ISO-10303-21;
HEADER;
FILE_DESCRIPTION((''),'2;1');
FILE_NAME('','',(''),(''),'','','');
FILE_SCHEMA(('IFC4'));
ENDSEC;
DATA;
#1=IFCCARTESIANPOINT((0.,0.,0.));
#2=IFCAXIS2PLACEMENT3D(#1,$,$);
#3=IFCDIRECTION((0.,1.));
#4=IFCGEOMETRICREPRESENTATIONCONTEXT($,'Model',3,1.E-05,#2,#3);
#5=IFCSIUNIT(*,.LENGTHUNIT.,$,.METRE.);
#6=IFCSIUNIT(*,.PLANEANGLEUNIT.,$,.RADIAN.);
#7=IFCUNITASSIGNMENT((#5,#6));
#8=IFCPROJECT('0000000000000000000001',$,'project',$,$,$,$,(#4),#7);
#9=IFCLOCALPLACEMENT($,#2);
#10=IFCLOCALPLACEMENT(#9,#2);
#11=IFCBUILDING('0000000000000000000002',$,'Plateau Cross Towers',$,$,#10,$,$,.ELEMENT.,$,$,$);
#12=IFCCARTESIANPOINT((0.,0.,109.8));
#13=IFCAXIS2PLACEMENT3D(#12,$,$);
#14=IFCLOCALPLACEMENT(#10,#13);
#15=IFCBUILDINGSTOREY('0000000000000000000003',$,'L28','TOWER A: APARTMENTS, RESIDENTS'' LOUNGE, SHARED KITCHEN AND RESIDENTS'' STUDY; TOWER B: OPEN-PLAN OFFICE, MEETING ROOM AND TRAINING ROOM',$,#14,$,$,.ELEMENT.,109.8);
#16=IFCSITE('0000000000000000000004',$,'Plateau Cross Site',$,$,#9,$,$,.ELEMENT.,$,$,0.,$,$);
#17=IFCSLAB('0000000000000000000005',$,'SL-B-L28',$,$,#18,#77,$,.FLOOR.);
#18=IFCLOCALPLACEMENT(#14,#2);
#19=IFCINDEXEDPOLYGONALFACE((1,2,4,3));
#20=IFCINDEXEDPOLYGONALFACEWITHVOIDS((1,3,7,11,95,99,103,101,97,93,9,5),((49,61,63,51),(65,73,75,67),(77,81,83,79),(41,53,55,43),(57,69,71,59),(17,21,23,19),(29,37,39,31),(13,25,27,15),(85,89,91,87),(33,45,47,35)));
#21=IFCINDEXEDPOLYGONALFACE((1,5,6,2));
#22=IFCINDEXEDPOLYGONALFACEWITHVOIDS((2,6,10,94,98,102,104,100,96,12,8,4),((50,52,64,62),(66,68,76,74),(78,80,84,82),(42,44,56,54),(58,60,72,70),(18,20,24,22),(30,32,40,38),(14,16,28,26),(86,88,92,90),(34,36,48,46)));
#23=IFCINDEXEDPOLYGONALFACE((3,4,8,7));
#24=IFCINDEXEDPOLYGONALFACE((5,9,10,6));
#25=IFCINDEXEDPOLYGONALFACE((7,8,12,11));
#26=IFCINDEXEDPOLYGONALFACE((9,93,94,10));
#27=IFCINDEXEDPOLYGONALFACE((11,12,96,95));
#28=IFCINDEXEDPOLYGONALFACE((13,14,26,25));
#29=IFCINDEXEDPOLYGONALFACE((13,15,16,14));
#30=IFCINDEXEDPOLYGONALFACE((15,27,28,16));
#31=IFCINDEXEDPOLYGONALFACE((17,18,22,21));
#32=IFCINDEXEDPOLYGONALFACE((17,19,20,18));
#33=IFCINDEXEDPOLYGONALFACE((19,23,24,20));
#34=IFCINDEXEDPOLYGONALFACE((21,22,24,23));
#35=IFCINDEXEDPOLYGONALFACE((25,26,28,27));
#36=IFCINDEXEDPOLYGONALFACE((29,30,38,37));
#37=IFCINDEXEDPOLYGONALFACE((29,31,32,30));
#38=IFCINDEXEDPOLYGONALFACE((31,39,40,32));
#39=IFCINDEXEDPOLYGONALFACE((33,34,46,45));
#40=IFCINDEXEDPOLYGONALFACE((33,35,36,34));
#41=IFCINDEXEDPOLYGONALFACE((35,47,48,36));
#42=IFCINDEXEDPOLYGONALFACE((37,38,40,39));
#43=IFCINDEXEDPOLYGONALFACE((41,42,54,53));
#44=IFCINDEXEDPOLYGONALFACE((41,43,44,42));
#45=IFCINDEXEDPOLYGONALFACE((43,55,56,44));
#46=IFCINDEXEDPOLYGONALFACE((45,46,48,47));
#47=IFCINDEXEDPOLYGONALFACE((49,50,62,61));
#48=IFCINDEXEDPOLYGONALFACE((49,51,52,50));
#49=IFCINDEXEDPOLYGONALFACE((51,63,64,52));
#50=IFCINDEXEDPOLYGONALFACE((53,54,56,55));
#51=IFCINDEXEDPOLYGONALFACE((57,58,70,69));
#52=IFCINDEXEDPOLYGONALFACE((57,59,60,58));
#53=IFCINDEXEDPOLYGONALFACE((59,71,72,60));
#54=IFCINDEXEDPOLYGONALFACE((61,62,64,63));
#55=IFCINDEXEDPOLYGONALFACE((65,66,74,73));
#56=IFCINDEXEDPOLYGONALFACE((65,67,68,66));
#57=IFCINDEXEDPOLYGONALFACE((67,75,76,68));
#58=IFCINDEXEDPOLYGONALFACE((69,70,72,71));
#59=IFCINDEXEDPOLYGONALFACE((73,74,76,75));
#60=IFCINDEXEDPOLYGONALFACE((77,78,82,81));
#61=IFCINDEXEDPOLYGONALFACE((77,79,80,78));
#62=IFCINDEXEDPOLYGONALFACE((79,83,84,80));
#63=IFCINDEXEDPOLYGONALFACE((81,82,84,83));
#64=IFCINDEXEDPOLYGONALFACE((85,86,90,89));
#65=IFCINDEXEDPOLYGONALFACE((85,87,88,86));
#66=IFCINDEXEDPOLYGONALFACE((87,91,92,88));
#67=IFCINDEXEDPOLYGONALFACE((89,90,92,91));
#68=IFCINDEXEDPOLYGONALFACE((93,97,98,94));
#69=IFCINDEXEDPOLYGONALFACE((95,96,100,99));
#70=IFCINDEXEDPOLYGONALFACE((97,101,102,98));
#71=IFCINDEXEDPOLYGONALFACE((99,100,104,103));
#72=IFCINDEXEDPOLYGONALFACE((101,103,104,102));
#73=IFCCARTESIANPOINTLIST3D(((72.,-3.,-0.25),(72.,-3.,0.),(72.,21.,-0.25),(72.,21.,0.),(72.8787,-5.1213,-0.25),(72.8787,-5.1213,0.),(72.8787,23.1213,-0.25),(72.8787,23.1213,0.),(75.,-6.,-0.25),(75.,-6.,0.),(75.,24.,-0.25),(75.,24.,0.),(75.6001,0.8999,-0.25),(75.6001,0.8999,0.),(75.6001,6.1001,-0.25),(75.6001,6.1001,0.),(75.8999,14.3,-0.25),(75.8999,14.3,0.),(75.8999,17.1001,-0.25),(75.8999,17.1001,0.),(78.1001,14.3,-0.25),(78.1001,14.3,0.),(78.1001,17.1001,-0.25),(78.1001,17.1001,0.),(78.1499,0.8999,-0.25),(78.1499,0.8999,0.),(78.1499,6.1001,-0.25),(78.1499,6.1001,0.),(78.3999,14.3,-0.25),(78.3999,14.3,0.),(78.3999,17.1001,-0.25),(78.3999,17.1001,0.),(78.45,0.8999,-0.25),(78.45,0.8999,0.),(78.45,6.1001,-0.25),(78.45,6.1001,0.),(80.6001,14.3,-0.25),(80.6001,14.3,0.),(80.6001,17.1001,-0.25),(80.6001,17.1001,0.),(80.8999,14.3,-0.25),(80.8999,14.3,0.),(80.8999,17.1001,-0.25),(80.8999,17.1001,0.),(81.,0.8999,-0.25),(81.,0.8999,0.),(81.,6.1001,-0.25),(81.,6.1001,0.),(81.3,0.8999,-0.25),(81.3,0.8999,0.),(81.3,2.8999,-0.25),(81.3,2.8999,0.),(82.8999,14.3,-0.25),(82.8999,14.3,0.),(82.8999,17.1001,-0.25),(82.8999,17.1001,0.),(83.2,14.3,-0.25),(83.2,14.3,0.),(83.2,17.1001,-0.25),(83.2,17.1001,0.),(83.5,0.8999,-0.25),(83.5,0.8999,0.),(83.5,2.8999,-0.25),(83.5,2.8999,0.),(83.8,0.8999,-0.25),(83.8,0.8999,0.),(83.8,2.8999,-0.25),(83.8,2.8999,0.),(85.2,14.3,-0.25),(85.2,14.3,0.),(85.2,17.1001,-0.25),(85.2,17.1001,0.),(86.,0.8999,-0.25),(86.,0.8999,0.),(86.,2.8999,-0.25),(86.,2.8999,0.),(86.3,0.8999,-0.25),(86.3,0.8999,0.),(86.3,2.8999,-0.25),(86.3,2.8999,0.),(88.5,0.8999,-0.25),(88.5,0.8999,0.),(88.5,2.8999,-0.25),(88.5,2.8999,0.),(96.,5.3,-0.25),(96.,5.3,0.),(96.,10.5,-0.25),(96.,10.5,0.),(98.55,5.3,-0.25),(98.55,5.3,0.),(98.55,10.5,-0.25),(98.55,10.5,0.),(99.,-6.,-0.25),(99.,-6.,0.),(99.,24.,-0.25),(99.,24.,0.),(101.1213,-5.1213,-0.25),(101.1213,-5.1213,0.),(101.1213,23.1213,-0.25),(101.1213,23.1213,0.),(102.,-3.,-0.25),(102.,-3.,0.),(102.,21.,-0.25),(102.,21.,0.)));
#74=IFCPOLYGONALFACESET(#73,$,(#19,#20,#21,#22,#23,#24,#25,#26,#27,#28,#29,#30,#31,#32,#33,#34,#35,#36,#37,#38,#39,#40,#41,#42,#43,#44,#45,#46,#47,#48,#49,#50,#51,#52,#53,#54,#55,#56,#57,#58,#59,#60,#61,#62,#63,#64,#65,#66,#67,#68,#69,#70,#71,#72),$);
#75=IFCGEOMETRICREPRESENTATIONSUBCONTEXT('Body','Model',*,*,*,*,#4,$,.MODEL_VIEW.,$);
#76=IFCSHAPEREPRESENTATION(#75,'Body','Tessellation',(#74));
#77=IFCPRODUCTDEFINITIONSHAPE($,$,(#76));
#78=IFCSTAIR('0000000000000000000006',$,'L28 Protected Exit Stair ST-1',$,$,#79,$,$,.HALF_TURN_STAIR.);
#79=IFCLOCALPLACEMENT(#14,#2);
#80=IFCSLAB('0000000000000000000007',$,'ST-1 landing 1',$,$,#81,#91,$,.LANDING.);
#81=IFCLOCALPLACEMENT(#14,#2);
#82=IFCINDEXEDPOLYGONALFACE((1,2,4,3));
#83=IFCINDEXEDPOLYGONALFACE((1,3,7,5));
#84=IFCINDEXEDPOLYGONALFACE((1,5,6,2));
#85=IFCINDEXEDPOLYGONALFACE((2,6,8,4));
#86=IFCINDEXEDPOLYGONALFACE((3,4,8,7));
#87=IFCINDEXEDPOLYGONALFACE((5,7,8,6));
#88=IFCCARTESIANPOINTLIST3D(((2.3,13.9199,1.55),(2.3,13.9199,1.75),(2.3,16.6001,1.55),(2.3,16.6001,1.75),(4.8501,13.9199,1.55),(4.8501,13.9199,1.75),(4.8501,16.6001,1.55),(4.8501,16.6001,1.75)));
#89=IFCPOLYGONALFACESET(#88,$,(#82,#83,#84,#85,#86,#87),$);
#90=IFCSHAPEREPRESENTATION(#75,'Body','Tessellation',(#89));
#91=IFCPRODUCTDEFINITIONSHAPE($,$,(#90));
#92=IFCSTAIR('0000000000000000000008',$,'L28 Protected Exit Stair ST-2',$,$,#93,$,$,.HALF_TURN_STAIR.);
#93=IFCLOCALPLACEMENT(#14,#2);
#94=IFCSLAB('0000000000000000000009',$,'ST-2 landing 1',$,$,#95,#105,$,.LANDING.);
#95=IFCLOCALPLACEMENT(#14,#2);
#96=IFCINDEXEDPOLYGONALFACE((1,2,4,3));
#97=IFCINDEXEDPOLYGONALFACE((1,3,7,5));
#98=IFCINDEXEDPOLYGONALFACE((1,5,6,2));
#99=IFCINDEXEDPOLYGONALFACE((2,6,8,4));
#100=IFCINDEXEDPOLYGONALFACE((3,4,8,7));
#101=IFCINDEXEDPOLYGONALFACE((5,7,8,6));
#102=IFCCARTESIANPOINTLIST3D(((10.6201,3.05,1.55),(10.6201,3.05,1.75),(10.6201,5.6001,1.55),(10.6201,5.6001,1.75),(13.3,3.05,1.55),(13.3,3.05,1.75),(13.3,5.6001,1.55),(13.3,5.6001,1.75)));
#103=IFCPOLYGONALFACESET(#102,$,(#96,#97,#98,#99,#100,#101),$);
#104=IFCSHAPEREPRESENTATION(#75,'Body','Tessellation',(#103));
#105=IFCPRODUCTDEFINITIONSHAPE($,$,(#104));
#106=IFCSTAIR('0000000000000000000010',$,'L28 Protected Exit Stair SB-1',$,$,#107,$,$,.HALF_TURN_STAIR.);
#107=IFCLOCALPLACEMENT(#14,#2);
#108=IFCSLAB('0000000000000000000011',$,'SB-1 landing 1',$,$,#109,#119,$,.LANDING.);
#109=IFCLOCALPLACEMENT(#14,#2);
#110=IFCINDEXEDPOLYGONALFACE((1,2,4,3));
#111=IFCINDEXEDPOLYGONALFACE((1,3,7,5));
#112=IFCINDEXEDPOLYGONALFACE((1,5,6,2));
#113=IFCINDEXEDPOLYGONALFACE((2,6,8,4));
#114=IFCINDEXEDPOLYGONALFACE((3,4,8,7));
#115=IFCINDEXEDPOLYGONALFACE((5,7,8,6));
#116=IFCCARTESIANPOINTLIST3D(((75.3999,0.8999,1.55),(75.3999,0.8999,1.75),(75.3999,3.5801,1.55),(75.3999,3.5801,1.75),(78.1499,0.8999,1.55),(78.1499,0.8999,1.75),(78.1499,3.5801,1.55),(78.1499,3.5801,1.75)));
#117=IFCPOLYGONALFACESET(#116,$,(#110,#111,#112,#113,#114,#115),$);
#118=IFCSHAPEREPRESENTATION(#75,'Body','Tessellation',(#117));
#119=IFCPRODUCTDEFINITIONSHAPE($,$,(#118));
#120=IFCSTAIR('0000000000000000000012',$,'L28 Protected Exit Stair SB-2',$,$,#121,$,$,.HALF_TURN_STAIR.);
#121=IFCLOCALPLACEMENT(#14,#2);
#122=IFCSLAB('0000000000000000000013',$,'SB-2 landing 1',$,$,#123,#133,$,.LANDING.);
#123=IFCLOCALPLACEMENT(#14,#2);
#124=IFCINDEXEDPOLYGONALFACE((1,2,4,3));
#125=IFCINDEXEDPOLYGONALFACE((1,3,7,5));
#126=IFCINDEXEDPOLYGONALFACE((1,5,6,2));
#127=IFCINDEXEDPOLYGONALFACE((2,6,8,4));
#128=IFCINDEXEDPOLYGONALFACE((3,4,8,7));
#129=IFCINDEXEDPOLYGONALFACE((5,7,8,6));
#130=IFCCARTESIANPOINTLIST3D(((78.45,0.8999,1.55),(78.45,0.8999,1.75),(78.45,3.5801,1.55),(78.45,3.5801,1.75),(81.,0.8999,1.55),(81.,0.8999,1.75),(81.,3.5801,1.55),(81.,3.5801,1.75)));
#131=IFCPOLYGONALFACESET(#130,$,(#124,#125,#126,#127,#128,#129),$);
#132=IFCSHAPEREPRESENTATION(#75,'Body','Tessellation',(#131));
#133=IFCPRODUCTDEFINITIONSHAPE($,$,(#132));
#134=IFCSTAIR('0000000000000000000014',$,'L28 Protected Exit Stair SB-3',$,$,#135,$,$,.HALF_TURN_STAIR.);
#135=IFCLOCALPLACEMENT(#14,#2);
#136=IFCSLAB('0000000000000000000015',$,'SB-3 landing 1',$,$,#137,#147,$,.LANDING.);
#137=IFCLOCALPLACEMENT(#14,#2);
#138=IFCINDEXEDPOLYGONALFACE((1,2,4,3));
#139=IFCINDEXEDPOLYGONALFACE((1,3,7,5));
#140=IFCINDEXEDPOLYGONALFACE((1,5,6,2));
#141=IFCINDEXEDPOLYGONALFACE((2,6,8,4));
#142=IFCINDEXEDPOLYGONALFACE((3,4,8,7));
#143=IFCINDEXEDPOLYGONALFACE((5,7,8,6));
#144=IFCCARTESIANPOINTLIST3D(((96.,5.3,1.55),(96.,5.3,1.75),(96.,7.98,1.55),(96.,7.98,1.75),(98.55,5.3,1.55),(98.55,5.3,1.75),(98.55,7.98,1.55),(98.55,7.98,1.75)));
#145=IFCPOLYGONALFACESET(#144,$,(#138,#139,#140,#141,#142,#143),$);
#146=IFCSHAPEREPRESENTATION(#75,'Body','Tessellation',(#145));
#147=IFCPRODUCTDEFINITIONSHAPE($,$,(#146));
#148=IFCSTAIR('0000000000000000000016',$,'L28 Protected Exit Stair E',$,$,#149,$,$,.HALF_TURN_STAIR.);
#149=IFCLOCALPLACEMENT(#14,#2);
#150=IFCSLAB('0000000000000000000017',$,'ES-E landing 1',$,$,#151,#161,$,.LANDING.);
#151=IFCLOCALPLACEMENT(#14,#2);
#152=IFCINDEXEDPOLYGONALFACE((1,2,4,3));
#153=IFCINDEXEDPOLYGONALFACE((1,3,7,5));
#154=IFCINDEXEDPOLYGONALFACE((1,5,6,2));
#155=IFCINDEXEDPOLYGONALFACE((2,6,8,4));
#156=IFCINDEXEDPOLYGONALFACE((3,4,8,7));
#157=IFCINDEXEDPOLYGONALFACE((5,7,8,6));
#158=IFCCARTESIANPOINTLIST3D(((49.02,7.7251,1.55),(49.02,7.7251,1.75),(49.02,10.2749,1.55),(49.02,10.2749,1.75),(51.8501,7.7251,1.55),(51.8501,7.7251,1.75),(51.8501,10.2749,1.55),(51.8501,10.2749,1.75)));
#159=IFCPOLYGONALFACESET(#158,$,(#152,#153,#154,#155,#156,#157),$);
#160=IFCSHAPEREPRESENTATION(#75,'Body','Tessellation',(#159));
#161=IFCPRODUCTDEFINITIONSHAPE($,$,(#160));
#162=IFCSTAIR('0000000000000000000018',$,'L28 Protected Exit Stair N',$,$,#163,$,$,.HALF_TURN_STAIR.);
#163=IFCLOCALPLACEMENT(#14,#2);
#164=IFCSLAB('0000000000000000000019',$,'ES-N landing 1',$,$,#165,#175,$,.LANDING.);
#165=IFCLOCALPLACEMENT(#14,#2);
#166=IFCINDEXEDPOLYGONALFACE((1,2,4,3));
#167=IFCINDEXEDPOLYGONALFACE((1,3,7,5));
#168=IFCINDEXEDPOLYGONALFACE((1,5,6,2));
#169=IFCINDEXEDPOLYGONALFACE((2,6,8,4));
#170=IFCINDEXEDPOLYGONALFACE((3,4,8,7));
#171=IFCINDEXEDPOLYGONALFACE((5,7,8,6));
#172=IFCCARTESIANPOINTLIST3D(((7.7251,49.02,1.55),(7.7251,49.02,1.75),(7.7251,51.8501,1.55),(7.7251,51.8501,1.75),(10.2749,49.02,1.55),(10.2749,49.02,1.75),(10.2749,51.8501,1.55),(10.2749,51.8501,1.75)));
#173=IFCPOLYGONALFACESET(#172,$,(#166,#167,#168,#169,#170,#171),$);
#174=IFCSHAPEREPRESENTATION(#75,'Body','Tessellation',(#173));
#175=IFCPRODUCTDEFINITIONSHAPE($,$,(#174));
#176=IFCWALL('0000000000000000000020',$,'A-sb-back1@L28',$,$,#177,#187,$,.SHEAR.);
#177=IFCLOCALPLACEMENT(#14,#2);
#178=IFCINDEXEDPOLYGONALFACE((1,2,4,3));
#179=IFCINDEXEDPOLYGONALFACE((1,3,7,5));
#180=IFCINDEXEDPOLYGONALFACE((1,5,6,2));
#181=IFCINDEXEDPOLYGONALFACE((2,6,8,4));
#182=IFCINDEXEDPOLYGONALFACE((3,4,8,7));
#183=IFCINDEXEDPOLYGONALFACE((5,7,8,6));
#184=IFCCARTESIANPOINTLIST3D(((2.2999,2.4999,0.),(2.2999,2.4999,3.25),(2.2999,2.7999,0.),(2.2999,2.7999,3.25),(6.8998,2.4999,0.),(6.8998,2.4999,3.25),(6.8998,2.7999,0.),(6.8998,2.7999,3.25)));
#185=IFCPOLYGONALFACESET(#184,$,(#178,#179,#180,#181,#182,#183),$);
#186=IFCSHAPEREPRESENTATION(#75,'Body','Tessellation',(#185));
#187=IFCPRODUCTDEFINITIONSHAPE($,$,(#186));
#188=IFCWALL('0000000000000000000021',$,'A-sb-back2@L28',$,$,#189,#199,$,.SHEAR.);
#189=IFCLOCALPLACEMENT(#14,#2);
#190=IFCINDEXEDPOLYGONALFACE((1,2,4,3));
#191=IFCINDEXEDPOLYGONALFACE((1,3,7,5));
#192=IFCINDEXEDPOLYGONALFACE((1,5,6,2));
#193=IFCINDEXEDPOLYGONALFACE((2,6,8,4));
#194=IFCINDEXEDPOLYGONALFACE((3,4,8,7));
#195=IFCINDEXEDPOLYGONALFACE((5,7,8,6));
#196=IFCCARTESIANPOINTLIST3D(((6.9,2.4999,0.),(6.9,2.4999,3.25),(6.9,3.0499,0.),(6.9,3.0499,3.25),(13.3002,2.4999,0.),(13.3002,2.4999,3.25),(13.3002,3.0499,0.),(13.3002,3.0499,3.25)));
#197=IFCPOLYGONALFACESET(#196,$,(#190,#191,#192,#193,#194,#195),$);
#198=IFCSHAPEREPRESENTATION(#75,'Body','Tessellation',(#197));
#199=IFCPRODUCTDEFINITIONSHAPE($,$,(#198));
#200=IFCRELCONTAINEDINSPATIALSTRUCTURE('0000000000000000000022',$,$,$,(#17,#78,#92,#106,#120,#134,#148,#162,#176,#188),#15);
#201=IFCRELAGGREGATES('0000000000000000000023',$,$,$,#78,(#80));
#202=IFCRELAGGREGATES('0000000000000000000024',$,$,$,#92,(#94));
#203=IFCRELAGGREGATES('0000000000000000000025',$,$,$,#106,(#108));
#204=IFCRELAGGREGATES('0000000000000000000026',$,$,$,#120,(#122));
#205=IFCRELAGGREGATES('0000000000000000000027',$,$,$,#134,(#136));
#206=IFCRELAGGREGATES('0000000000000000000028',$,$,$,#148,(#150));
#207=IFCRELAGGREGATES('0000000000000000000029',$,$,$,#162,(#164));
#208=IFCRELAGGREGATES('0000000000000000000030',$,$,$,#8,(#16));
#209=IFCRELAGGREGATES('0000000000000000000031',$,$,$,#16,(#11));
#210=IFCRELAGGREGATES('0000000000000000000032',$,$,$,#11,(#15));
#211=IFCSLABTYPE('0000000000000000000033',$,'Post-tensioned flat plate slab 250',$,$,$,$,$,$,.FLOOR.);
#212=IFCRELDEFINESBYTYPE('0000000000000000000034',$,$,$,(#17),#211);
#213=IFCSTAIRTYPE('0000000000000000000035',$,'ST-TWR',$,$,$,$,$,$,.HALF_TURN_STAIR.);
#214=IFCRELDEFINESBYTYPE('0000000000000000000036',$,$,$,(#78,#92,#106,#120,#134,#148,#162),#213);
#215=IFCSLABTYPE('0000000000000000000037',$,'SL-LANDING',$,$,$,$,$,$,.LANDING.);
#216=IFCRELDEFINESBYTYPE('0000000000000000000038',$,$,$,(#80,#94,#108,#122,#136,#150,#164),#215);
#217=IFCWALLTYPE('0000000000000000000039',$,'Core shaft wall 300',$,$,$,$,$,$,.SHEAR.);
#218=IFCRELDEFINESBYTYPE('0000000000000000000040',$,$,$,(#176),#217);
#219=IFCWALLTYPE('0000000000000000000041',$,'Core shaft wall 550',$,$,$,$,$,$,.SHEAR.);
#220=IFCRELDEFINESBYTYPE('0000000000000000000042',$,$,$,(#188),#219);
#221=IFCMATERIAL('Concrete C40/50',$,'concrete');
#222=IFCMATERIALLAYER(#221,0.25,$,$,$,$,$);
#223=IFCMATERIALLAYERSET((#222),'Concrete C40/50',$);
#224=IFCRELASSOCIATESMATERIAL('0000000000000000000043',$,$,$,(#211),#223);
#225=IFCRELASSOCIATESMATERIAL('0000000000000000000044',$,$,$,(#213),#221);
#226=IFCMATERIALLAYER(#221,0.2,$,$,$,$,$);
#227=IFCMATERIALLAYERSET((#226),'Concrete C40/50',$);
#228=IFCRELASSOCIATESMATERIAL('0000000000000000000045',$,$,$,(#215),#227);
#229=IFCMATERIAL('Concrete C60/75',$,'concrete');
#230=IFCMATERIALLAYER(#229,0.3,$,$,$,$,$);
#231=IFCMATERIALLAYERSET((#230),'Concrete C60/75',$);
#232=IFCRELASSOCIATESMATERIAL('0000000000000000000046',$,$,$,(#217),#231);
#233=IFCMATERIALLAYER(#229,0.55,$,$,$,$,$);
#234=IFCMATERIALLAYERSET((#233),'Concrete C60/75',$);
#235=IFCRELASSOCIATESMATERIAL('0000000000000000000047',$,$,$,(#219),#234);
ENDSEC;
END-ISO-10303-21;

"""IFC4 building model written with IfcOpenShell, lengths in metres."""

from ifc_helpers import new_model, si_unit, direction, frame, frame_2d, origin, place, context, subcontext, project, spatial, polyline, rectangle, outline, extrude, material, layer, layer_set, type_object, element, aggregate, save


model = new_model("IFC4")

# Units and contexts
model_context = context("Model", 3, precision=1e-05, world=origin(), true_north=direction((0.0, 1.0)))
body_context = subcontext(model_context, "Body", "Model", "MODEL_VIEW")
ifc_project = project(units=[si_unit("LENGTHUNIT", "METRE"), si_unit("PLANEANGLEUNIT", "RADIAN")], contexts=[model_context])

# Site, building, storey
site_placement = place(None, origin())
site = spatial("IfcSite", under=ifc_project, at=site_placement, Name="Plateau Cross Site", CompositionType="ELEMENT", RefElevation=0.0)
building_placement = place(site_placement, origin())
building = spatial("IfcBuilding", under=site, at=building_placement, Name="Plateau Cross Towers", CompositionType="ELEMENT")
storey_placement = place(building_placement, frame((0.0, 0.0, 109.8)))
storey = spatial("IfcBuildingStorey", under=building, at=storey_placement, Name="L28", Description="TOWER A: APARTMENTS, RESIDENTS' LOUNGE, SHARED KITCHEN AND RESIDENTS' STUDY; TOWER B: OPEN-PLAN OFFICE, MEETING ROOM AND TRAINING ROOM", CompositionType="ELEMENT", Elevation=109.8)

# Shared definitions
ifc_material_1 = material(Name="Concrete C60/75", Category="concrete")

# Shared definitions
ifc_material_2 = material(Name="Concrete C40/50", Category="concrete")

# Slab
ifc_layer_1 = layer(ifc_material_2, 0.25)
ifc_layer_set_1 = layer_set([ifc_layer_1], Name="Concrete C40/50")
slab_type_1 = type_object("IfcSlabType", Name="Post-tensioned flat plate slab 250", PredefinedType="FLOOR", material=ifc_layer_set_1)
slab_1_placement = place(storey_placement, frame((0.0, 0.0, -0.25)))
element("IfcSlab", 1, at=slab_1_placement, inside=storey, type_object=slab_type_1, Name="SL-B-L28", PredefinedType="FLOOR", context=body_context, shape_type="SweptSolid", body=[
    extrude(outline(polyline([(72.8787, -5.1213), (72.0, -3.0), (72.0, 21.0), (72.8787, 23.1213), (75.0, 24.0), (99.0, 24.0), (101.1213, 23.1213), (102.0, 21.0), (102.0, -3.0), (101.1213, -5.1213), (99.0, -6.0), (75.0, -6.0), (72.8787, -5.1213)]), holes=[polyline([(75.6001, 0.8999), (78.1499, 0.8999), (78.1499, 6.1001), (75.6001, 6.1001), (75.6001, 0.8999)]), polyline([(78.1001, 14.3), (78.1001, 17.1001), (75.8999, 17.1001), (75.8999, 14.3), (78.1001, 14.3)]), polyline([(83.5, 0.8999), (83.5, 2.8999), (81.3, 2.8999), (81.3, 0.8999), (83.5, 0.8999)]), polyline([(86.0, 0.8999), (86.0, 2.8999), (83.8, 2.8999), (83.8, 0.8999), (86.0, 0.8999)]), polyline([(88.5, 0.8999), (88.5, 2.8999), (86.3, 2.8999), (86.3, 0.8999), (88.5, 0.8999)]), polyline([(78.45, 0.8999), (81.0, 0.8999), (81.0, 6.1001), (78.45, 6.1001), (78.45, 0.8999)]), polyline([(96.0, 5.3), (98.55, 5.3), (98.55, 10.5), (96.0, 10.5), (96.0, 5.3)]), polyline([(80.6001, 14.3), (80.6001, 17.1001), (78.3999, 17.1001), (78.3999, 14.3), (80.6001, 14.3)]), polyline([(80.8999, 14.3), (82.8999, 14.3), (82.8999, 17.1001), (80.8999, 17.1001), (80.8999, 14.3)]), polyline([(83.2, 14.3), (85.2, 14.3), (85.2, 17.1001), (83.2, 17.1001), (83.2, 14.3)])]), origin(), (0.0, 0.0, 1.0), 0.25),
])

# Stairs, slabs
stair_type = type_object("IfcStairType", Name="ST-TWR", PredefinedType="HALF_TURN_STAIR", material=ifc_material_2)
stair_1_placement = place(storey_placement, origin())
stair_1 = element("IfcStair", 2, at=stair_1_placement, inside=storey, type_object=stair_type, Name="L28 Protected Exit Stair ST-1", PredefinedType="HALF_TURN_STAIR")
ifc_layer_2 = layer(ifc_material_2, 0.2)
ifc_layer_set_2 = layer_set([ifc_layer_2], Name="Concrete C40/50")
slab_type_2 = type_object("IfcSlabType", Name="SL-LANDING", PredefinedType="LANDING", material=ifc_layer_set_2)
slab_2_placement = place(storey_placement, frame((0.0, 0.0, 1.55)))
slab_2 = element("IfcSlab", 3, at=slab_2_placement, type_object=slab_type_2, Name="ST-1 landing 1", PredefinedType="LANDING", context=body_context, shape_type="SweptSolid", body=[
    extrude(outline(polyline([(4.8501, 13.9199), (4.8501, 16.6001), (2.3, 16.6001), (2.3, 13.9199), (4.8501, 13.9199)])), origin(), (0.0, 0.0, 1.0), 0.2),
])
aggregate(stair_1, [slab_2])
stair_2_placement = place(storey_placement, origin())
stair_2 = element("IfcStair", 4, at=stair_2_placement, inside=storey, type_object=stair_type, Name="L28 Protected Exit Stair ST-2", PredefinedType="HALF_TURN_STAIR")
slab_3_placement = place(storey_placement, frame((0.0, 0.0, 1.55)))
slab_3 = element("IfcSlab", 5, at=slab_3_placement, type_object=slab_type_2, Name="ST-2 landing 1", PredefinedType="LANDING", context=body_context, shape_type="SweptSolid", body=[
    extrude(outline(polyline([(10.6201, 3.05), (13.3, 3.05), (13.3, 5.6001), (10.6201, 5.6001), (10.6201, 3.05)])), origin(), (0.0, 0.0, 1.0), 0.2),
])
aggregate(stair_2, [slab_3])
stair_3_placement = place(storey_placement, origin())
stair_3 = element("IfcStair", 6, at=stair_3_placement, inside=storey, type_object=stair_type, Name="L28 Protected Exit Stair SB-1", PredefinedType="HALF_TURN_STAIR")
slab_4_placement = place(storey_placement, frame((0.0, 0.0, 1.55)))
slab_4 = element("IfcSlab", 7, at=slab_4_placement, type_object=slab_type_2, Name="SB-1 landing 1", PredefinedType="LANDING", context=body_context, shape_type="SweptSolid", body=[
    extrude(outline(polyline([(75.3999, 3.5801), (75.3999, 0.8999), (78.1499, 0.8999), (78.1499, 3.5801), (75.3999, 3.5801)])), origin(), (0.0, 0.0, 1.0), 0.2),
])
aggregate(stair_3, [slab_4])
stair_4_placement = place(storey_placement, origin())
stair_4 = element("IfcStair", 8, at=stair_4_placement, inside=storey, type_object=stair_type, Name="L28 Protected Exit Stair SB-2", PredefinedType="HALF_TURN_STAIR")
slab_5_placement = place(storey_placement, frame((0.0, 0.0, 1.55)))
slab_5 = element("IfcSlab", 9, at=slab_5_placement, type_object=slab_type_2, Name="SB-2 landing 1", PredefinedType="LANDING", context=body_context, shape_type="SweptSolid", body=[
    extrude(outline(polyline([(78.45, 3.5801), (78.45, 0.8999), (81.0, 0.8999), (81.0, 3.5801), (78.45, 3.5801)])), origin(), (0.0, 0.0, 1.0), 0.2),
])
aggregate(stair_4, [slab_5])
stair_5_placement = place(storey_placement, origin())
stair_5 = element("IfcStair", 10, at=stair_5_placement, inside=storey, type_object=stair_type, Name="L28 Protected Exit Stair SB-3", PredefinedType="HALF_TURN_STAIR")
slab_6_placement = place(storey_placement, frame((0.0, 0.0, 1.55)))
slab_6 = element("IfcSlab", 11, at=slab_6_placement, type_object=slab_type_2, Name="SB-3 landing 1", PredefinedType="LANDING", context=body_context, shape_type="SweptSolid", body=[
    extrude(outline(polyline([(96.0, 7.98), (96.0, 5.3), (98.55, 5.3), (98.55, 7.98), (96.0, 7.98)])), origin(), (0.0, 0.0, 1.0), 0.2),
])
aggregate(stair_5, [slab_6])
stair_6_placement = place(storey_placement, origin())
stair_6 = element("IfcStair", 12, at=stair_6_placement, inside=storey, type_object=stair_type, Name="L28 Protected Exit Stair E", PredefinedType="HALF_TURN_STAIR")
slab_7_placement = place(storey_placement, frame((0.0, 0.0, 1.55)))
slab_7 = element("IfcSlab", 13, at=slab_7_placement, type_object=slab_type_2, Name="ES-E landing 1", PredefinedType="LANDING", context=body_context, shape_type="SweptSolid", body=[
    extrude(outline(polyline([(49.02, 7.7251), (51.8501, 7.7251), (51.8501, 10.2749), (49.02, 10.2749), (49.02, 7.7251)])), origin(), (0.0, 0.0, 1.0), 0.2),
])
aggregate(stair_6, [slab_7])
stair_7_placement = place(storey_placement, origin())
stair_7 = element("IfcStair", 14, at=stair_7_placement, inside=storey, type_object=stair_type, Name="L28 Protected Exit Stair N", PredefinedType="HALF_TURN_STAIR")
slab_8_placement = place(storey_placement, frame((0.0, 0.0, 1.55)))
slab_8 = element("IfcSlab", 15, at=slab_8_placement, type_object=slab_type_2, Name="ES-N landing 1", PredefinedType="LANDING", context=body_context, shape_type="SweptSolid", body=[
    extrude(outline(polyline([(10.2749, 49.02), (10.2749, 51.8501), (7.7251, 51.8501), (7.7251, 49.02), (10.2749, 49.02)])), origin(), (0.0, 0.0, 1.0), 0.2),
])
aggregate(stair_7, [slab_8])

# Walls
ifc_layer_3 = layer(ifc_material_1, 0.3)
ifc_layer_set_3 = layer_set([ifc_layer_3], Name="Concrete C60/75")
wall_type_1 = type_object("IfcWallType", Name="Core shaft wall 300", PredefinedType="SHEAR", material=ifc_layer_set_3)
wall_1_placement = place(storey_placement, frame((2.3, 2.6499, 0.0), z_axis=(0.0, 0.0, 1.0), x_axis=(1.0, 0.0, 0.0)))
element("IfcWall", 16, at=wall_1_placement, inside=storey, type_object=wall_type_1, Name="A-sb-back1@L28", PredefinedType="SHEAR", context=body_context, shape_type="SweptSolid", body=[
    extrude(rectangle(XDim=4.5999, YDim=0.3, at=frame_2d((2.2998, 0.0))), origin(), (0.0, 0.0, 1.0), 3.25),
])
ifc_layer_4 = layer(ifc_material_1, 0.55)
ifc_layer_set_4 = layer_set([ifc_layer_4], Name="Concrete C60/75")
wall_type_2 = type_object("IfcWallType", Name="Core shaft wall 550", PredefinedType="SHEAR", material=ifc_layer_set_4)
wall_2_placement = place(storey_placement, frame((6.8999, 2.7749, 0.0), z_axis=(0.0, 0.0, 1.0), x_axis=(1.0, 0.0, 0.0)))
element("IfcWall", 17, at=wall_2_placement, inside=storey, type_object=wall_type_2, Name="A-sb-back2@L28", PredefinedType="SHEAR", context=body_context, shape_type="SweptSolid", body=[
    extrude(rectangle(XDim=6.4001, YDim=0.55, at=frame_2d((3.2002, 0.0))), origin(), (0.0, 0.0, 1.0), 3.25),
])

save(model, "model.ifc")
